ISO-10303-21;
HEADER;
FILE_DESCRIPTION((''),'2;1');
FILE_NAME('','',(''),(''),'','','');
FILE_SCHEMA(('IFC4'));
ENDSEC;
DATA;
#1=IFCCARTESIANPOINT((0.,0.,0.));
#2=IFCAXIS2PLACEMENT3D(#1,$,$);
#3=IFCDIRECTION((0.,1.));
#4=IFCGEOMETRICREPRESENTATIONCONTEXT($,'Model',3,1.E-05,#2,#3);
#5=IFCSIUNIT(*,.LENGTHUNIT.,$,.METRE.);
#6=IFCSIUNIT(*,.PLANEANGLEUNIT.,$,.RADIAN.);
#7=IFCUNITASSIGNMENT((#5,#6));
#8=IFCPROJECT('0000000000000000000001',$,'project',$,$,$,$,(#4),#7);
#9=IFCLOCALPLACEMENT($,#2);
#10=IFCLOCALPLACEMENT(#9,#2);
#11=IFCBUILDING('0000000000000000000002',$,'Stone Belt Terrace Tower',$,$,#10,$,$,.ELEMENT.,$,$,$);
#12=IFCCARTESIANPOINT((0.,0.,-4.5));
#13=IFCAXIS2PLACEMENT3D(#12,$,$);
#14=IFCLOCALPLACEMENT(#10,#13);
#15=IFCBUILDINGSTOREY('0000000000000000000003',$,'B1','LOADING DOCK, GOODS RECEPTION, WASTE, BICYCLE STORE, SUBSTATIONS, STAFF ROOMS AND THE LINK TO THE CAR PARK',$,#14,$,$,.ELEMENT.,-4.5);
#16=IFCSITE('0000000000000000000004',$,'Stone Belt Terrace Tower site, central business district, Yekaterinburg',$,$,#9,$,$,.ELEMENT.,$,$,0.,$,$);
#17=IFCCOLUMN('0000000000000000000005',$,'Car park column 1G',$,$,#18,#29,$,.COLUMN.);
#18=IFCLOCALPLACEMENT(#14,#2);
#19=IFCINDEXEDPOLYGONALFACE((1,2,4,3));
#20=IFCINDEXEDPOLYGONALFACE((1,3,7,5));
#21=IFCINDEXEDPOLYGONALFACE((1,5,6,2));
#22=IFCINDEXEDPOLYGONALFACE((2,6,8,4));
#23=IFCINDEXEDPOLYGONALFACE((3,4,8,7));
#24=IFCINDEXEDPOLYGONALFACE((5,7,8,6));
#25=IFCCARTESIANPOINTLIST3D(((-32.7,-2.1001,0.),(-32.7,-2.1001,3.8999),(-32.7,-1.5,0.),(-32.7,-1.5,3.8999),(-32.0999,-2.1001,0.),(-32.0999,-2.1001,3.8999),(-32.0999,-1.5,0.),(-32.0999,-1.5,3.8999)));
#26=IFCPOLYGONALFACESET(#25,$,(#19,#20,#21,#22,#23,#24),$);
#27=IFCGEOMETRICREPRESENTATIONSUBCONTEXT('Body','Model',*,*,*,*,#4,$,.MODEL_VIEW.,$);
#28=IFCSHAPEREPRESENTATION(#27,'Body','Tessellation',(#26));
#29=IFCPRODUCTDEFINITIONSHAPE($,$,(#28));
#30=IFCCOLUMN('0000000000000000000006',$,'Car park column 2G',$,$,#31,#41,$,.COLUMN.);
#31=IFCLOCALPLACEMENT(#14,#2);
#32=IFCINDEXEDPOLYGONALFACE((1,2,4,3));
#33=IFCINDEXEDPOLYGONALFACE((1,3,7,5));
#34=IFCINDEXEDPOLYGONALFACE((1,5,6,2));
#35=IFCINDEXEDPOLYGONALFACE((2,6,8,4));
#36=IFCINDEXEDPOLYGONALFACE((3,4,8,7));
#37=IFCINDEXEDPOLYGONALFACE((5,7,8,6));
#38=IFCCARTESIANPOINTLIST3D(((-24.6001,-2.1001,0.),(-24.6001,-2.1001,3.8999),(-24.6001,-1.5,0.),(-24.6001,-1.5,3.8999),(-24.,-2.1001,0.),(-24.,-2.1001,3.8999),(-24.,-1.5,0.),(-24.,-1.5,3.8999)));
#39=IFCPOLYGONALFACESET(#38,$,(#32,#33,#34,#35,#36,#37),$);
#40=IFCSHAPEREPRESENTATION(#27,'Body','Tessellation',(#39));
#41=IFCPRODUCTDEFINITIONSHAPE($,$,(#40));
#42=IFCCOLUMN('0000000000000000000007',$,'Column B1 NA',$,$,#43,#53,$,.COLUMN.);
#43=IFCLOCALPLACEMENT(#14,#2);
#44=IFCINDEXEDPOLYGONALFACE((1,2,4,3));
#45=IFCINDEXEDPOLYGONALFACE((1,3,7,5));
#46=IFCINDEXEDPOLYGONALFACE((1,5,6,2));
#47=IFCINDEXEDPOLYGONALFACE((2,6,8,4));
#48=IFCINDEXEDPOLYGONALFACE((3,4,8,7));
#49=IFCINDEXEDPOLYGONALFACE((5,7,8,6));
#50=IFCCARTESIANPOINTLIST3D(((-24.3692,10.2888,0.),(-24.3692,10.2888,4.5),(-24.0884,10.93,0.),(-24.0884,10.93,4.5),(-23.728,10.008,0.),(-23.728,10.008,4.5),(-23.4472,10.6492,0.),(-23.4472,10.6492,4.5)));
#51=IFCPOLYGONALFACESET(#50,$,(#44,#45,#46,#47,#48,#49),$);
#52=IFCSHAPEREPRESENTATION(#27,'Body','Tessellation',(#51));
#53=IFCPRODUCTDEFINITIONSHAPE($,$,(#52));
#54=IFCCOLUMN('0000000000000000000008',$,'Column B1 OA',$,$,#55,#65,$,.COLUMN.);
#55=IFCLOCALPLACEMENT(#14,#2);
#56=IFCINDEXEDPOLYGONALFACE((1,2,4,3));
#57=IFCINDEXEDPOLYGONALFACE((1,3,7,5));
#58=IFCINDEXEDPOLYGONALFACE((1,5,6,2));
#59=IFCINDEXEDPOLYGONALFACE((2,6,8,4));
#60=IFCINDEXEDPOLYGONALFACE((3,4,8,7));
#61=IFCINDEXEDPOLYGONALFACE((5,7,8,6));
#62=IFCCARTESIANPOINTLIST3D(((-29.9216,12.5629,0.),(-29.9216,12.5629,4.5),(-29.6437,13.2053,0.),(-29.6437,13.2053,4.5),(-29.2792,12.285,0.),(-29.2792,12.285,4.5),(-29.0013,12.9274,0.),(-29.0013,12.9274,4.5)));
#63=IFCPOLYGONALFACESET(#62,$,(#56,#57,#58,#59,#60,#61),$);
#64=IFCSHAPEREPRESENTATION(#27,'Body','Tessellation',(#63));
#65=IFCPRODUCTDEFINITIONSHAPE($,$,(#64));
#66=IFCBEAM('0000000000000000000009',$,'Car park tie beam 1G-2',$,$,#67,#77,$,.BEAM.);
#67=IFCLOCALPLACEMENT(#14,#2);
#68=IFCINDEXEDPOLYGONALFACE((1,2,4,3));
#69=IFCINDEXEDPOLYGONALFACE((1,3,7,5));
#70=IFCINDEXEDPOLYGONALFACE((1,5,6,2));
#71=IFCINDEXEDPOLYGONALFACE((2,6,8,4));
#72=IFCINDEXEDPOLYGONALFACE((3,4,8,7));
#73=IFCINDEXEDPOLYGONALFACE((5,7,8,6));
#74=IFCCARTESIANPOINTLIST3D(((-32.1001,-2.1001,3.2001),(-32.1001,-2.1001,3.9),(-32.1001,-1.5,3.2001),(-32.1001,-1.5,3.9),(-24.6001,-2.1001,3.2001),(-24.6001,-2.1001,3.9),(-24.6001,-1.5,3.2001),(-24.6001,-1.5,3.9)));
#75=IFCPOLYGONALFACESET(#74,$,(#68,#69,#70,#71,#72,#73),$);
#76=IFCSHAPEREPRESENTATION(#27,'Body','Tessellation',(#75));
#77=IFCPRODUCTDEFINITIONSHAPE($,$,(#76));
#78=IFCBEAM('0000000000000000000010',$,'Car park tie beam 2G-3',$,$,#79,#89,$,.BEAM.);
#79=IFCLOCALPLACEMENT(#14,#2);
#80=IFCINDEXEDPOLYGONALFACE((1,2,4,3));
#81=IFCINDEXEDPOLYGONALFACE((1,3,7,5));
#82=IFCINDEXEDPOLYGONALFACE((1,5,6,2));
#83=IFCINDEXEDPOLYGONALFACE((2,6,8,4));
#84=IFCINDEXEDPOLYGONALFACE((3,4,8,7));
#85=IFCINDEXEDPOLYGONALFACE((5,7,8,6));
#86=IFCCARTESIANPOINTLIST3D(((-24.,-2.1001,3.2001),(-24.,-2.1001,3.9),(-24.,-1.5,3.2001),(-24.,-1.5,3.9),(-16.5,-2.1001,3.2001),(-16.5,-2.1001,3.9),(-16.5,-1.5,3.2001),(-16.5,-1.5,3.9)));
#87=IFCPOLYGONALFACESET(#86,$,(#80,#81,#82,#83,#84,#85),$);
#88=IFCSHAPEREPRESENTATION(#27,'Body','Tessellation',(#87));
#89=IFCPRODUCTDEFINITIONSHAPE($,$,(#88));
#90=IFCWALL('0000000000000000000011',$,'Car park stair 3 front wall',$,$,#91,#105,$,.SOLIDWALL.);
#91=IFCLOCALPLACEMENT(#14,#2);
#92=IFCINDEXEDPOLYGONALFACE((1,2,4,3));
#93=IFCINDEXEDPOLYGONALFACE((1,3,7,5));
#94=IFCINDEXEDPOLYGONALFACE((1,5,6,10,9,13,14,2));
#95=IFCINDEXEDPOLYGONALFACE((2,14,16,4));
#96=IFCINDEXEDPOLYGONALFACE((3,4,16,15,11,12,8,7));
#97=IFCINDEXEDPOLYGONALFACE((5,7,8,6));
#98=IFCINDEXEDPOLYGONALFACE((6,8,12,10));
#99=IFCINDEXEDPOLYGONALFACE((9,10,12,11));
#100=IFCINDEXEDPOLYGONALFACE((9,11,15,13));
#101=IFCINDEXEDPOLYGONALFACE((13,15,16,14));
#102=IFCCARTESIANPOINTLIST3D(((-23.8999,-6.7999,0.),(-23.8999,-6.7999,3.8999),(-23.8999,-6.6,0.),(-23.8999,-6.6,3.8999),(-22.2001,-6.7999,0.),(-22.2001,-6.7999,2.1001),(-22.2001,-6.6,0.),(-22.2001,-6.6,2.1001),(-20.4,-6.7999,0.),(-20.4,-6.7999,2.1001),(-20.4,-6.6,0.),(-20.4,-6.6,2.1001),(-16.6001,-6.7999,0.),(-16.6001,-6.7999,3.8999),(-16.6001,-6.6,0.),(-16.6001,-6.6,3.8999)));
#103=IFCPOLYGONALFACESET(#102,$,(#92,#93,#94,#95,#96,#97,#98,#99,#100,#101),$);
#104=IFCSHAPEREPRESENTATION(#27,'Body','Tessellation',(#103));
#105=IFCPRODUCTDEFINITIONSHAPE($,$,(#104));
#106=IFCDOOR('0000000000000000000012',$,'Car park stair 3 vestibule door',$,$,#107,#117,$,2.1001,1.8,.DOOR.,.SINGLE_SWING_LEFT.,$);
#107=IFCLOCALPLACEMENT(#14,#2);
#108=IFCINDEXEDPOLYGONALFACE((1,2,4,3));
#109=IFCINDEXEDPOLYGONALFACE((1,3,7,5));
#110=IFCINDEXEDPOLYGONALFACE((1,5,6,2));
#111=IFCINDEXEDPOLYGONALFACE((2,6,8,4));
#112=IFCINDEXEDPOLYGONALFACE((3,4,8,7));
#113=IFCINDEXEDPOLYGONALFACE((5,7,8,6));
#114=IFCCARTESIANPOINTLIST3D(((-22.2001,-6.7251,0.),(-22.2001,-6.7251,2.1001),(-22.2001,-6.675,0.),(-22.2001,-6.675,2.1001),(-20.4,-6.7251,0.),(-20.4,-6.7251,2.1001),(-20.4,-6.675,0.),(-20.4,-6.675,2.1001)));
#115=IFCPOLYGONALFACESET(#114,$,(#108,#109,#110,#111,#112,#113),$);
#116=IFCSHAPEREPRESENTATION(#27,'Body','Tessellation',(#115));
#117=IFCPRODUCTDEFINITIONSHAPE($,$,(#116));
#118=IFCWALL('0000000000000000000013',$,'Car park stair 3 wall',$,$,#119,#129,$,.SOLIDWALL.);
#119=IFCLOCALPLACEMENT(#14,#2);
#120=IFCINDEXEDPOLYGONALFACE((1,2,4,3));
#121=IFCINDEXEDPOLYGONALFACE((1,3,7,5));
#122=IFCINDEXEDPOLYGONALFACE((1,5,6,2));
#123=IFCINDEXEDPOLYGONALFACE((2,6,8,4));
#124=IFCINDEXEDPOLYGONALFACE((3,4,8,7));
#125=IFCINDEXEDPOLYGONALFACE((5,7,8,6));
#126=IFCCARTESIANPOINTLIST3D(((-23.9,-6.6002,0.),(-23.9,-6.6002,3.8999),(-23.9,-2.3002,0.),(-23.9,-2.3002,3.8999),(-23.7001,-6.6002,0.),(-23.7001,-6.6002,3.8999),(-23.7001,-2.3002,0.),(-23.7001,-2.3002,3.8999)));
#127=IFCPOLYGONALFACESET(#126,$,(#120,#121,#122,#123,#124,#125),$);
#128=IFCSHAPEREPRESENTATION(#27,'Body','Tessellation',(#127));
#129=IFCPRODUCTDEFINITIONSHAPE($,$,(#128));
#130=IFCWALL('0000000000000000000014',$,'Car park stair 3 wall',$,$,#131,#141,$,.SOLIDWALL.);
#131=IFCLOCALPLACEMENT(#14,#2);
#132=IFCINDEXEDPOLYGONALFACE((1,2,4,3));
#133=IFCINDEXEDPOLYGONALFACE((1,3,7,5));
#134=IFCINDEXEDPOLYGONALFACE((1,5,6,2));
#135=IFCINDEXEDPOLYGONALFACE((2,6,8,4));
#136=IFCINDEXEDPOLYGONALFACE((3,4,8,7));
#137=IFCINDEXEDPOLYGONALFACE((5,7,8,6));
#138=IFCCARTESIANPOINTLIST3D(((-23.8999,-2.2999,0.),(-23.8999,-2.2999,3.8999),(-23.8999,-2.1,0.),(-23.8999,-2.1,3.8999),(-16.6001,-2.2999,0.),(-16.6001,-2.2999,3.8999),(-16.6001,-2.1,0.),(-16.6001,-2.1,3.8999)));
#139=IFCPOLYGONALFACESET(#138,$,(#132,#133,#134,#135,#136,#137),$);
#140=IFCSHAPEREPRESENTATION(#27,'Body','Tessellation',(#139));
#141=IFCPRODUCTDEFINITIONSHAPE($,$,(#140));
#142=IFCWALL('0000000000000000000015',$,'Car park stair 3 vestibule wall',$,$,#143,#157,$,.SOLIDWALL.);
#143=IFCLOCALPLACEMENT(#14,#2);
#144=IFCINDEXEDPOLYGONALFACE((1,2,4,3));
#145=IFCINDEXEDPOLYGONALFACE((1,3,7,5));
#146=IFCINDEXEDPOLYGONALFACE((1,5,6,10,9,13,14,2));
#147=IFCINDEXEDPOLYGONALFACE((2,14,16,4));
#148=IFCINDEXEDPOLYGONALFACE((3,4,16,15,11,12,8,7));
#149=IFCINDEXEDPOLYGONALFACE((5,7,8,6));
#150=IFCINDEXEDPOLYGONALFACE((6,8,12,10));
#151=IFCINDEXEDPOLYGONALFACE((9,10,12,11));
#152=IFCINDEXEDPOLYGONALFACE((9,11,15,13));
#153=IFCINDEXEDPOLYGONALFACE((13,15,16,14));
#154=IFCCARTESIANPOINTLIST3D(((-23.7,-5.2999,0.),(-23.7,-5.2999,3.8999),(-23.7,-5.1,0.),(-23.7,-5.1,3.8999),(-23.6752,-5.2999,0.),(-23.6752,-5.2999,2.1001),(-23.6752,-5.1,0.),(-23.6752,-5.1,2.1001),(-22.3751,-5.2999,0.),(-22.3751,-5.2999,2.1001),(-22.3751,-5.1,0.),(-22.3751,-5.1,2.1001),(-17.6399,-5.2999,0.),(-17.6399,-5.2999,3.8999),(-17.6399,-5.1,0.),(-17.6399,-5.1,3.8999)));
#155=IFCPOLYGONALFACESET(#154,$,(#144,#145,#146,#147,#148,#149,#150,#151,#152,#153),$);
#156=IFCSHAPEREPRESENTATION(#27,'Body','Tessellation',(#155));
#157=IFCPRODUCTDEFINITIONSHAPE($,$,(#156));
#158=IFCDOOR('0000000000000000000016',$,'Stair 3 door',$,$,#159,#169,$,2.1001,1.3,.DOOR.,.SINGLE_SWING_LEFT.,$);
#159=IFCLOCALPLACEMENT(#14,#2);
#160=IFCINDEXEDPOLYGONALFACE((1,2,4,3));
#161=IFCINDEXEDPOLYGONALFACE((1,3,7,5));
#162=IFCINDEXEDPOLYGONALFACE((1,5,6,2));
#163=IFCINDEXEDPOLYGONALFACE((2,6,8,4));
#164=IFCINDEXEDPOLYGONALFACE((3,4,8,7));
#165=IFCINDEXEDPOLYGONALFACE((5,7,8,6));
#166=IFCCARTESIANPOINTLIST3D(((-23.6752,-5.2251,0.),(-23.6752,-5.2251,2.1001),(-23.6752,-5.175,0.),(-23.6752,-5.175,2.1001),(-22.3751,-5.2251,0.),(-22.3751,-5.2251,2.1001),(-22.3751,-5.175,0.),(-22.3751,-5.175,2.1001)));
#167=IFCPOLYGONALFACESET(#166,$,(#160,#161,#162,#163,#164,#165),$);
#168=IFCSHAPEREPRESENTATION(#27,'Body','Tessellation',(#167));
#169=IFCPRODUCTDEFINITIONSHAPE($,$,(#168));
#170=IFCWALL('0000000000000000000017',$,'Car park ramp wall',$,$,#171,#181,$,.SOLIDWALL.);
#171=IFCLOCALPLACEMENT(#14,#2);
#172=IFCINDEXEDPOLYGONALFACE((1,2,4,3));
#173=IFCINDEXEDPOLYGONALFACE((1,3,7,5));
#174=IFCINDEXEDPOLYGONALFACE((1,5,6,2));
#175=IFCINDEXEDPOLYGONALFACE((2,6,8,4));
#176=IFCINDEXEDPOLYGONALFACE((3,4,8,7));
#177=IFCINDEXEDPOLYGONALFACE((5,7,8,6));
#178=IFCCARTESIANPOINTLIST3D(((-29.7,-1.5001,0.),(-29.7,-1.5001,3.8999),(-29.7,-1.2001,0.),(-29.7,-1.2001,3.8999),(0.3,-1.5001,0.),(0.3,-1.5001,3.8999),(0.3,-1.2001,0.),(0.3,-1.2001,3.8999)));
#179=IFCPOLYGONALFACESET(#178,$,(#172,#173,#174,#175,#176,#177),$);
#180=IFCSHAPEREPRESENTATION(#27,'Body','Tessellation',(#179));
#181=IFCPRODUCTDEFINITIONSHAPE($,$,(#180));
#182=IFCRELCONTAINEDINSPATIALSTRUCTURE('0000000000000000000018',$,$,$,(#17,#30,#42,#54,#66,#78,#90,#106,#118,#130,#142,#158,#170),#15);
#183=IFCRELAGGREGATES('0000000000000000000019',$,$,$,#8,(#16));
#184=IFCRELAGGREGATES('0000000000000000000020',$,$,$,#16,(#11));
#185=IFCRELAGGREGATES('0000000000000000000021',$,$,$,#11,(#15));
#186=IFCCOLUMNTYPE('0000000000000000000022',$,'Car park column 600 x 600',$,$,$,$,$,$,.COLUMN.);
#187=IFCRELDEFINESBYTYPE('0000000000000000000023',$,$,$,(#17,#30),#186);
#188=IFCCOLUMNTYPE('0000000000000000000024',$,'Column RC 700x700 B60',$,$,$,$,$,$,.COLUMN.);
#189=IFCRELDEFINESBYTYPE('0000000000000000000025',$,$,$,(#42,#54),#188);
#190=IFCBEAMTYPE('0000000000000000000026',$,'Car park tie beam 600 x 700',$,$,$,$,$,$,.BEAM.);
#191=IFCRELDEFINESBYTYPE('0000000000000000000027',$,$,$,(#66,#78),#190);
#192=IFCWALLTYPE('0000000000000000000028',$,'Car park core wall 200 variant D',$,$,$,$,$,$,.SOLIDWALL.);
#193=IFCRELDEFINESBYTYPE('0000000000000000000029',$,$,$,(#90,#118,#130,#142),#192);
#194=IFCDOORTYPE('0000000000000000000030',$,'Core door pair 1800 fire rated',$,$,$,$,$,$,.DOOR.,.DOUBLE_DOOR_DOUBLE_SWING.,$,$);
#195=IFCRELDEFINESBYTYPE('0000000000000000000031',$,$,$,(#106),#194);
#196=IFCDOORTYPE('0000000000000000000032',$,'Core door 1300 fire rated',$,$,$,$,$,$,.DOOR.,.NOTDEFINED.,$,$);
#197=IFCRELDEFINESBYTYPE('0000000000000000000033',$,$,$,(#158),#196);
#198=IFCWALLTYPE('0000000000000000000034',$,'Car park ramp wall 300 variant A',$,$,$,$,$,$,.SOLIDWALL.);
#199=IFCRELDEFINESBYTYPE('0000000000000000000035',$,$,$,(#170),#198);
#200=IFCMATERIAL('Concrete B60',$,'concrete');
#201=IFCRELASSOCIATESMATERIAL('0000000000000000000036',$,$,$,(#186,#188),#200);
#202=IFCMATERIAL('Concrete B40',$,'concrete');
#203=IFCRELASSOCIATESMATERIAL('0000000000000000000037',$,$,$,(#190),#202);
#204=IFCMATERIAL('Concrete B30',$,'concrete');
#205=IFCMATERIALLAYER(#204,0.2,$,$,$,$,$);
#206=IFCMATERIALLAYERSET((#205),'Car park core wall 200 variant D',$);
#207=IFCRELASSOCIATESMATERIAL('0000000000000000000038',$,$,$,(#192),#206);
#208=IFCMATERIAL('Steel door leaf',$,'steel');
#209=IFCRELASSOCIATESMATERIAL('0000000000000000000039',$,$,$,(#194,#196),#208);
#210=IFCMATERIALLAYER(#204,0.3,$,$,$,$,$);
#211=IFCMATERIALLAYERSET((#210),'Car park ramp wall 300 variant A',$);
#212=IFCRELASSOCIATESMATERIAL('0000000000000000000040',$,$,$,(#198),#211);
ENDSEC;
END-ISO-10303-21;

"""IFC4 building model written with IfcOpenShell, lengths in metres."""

from ifc_helpers import new_model, si_unit, direction, frame, frame_2d, origin, origin_2d, place, context, subcontext, project, spatial, rectangle, extrude, material, layer, layer_set, material_profile, profile_set, type_object, element, fill, save


model = new_model("IFC4")

# Units and contexts
model_context = context("Model", 3, precision=1e-05, world=origin(), true_north=direction((0.0, 1.0)))
body_context = subcontext(model_context, "Body", "Model", "MODEL_VIEW")
ifc_project = project(units=[si_unit("LENGTHUNIT", "METRE"), si_unit("PLANEANGLEUNIT", "RADIAN")], contexts=[model_context])

# Site, building, storey
site_placement = place(None, origin())
site = spatial("IfcSite", under=ifc_project, at=site_placement, Name="Stone Belt Terrace Tower site, central business district, Yekaterinburg", CompositionType="ELEMENT", RefElevation=0.0)
building_placement = place(site_placement, origin())
building = spatial("IfcBuilding", under=site, at=building_placement, Name="Stone Belt Terrace Tower", CompositionType="ELEMENT")
storey_placement = place(building_placement, frame((0.0, 0.0, -4.5)))
storey = spatial("IfcBuildingStorey", under=building, at=storey_placement, Name="B1", Description="LOADING DOCK, GOODS RECEPTION, WASTE, BICYCLE STORE, SUBSTATIONS, STAFF ROOMS AND THE LINK TO THE CAR PARK", CompositionType="ELEMENT", Elevation=-4.5)

# Columns
ifc_material_1 = material(Name="Concrete B60", Category="concrete")
ifc_material_profile_1 = material_profile(ifc_material_1, rectangle(XDim=0.6001, YDim=0.6001, at=origin_2d()), Name="Car park column 600 x 600")
ifc_profile_set_1 = profile_set([ifc_material_profile_1], Name="Concrete B60")
column_type_1 = type_object("IfcColumnType", Name="Car park column 600 x 600", PredefinedType="COLUMN", material=ifc_profile_set_1)
for number, where, z_axis, x_axis, name in (
    (1, (-32.3999, -1.8, 0.0), (0.0, 0.0, 1.0), (1.0, 0.0, 0.0), "Car park column 1G"),
    (2, (-24.3, -1.8, 0.0), (0.0, 0.0, 1.0), (1.0, 0.0, 0.0), "Car park column 2G"),
):
    element("IfcColumn", number, at=place(storey_placement, frame(where, z_axis=z_axis, x_axis=x_axis)), inside=storey, type_object=column_type_1, Name=name, PredefinedType="COLUMN", context=body_context, shape_type="SweptSolid", body=[
        extrude(rectangle(XDim=0.6001, YDim=0.6001, at=origin_2d()), origin(), (0.0, 0.0, 1.0), 3.8999),
    ])
ifc_material_profile_2 = material_profile(ifc_material_1, rectangle(XDim=0.7, YDim=0.7, at=origin_2d()), Name="RC 700x700")
ifc_profile_set_2 = profile_set([ifc_material_profile_2], Name="Concrete B60")
column_type_2 = type_object("IfcColumnType", Name="Column RC 700x700 B60", PredefinedType="COLUMN", material=ifc_profile_set_2)
for number, where, z_axis, x_axis, name in (
    (3, (-23.9082, 10.469, 0.0), (0.0, 0.0, 1.0), (0.401115, 0.916028, 0.0), "Column B1 NA"),
    (4, (-29.4614, 12.7451, 0.0), (0.0, 0.0, 1.0), (0.397044, 0.9178, 0.0), "Column B1 OA"),
):
    element("IfcColumn", number, at=place(storey_placement, frame(where, z_axis=z_axis, x_axis=x_axis)), inside=storey, type_object=column_type_2, Name=name, PredefinedType="COLUMN", context=body_context, shape_type="SweptSolid", body=[
        extrude(rectangle(XDim=0.7, YDim=0.7, at=origin_2d()), origin(), (0.0, 0.0, 1.0), 4.5),
    ])

# Beams
ifc_material_2 = material(Name="Concrete B40", Category="concrete")
ifc_material_profile_3 = material_profile(ifc_material_2, rectangle(XDim=0.6001, YDim=0.7, at=origin_2d()), Name="Car park tie beam 600 x 700")
ifc_profile_set_3 = profile_set([ifc_material_profile_3], Name="Concrete B40")
beam_type = type_object("IfcBeamType", Name="Car park tie beam 600 x 700", PredefinedType="BEAM", material=ifc_profile_set_3)
for number, where, z_axis, x_axis, name in (
    (5, (-32.1001, -1.8, 3.55), (1.0, 0.0, 0.0), (0.0, 1.0, 0.0), "Car park tie beam 1G-2"),
    (6, (-24.0, -1.8, 3.55), (1.0, 0.0, 0.0), (0.0, 1.0, 0.0), "Car park tie beam 2G-3"),
):
    element("IfcBeam", number, at=place(storey_placement, frame(where, z_axis=z_axis, x_axis=x_axis)), inside=storey, type_object=beam_type, Name=name, PredefinedType="BEAM", context=body_context, shape_type="SweptSolid", body=[
        extrude(rectangle(XDim=0.6001, YDim=0.7, at=origin_2d()), origin(), (0.0, 0.0, 1.0), 7.5),
    ])

# Wall, opening, door
ifc_material_3 = material(Name="Concrete B30", Category="concrete")
ifc_layer_1 = layer(ifc_material_3, 0.2)
ifc_layer_set_1 = layer_set([ifc_layer_1], Name="Car park core wall 200 variant D")
wall_type_1 = type_object("IfcWallType", Name="Car park core wall 200 variant D", PredefinedType="SOLIDWALL", material=ifc_layer_set_1)
wall_1_placement = place(storey_placement, frame((-23.8999, -6.7, 0.0), z_axis=(0.0, 0.0, 1.0), x_axis=(1.0, 0.0, 0.0)))
wall_1 = element("IfcWall", 7, at=wall_1_placement, inside=storey, type_object=wall_type_1, Name="Car park stair 3 front wall", PredefinedType="SOLIDWALL", context=body_context, shape_type="SweptSolid", body=[
    extrude(rectangle(XDim=7.2998, YDim=0.2, at=frame_2d((3.6499, 0.0))), origin(), (0.0, 0.0, 1.0), 3.8999),
])
opening_1_placement = place(wall_1_placement, frame((1.7, 0.0, 0.0)))
opening_1 = element("IfcOpeningElement", 8, at=opening_1_placement, cuts=wall_1, PredefinedType="OPENING", context=body_context, shape_type="SweptSolid", body=[
    extrude(rectangle(XDim=1.8, YDim=2.1001, at=frame_2d((0.8999, 1.05))), frame((0.0, 0.1099, 0.0), z_axis=(0.0, -1.0, 0.0), x_axis=(1.0, 0.0, 0.0)), (0.0, 0.0, 1.0), 0.22),
])
ifc_material_4 = material(Name="Steel door leaf", Category="steel")
door_type_1 = type_object("IfcDoorType", Name="Core door pair 1800 fire rated", OperationType="DOUBLE_DOOR_DOUBLE_SWING", PredefinedType="DOOR", material=ifc_material_4)
door_1_placement = place(opening_1_placement, origin())
door_1 = element("IfcDoor", 9, at=door_1_placement, inside=storey, type_object=door_type_1, Name="Car park stair 3 vestibule door", OperationType="SINGLE_SWING_LEFT", OverallHeight=2.1001, OverallWidth=1.8, PredefinedType="DOOR", context=body_context, shape_type="SweptSolid", body=[
    extrude(rectangle(XDim=1.8, YDim=2.1001, at=frame_2d((0.8999, 1.05))), frame((0.0, 0.0249, 0.0), z_axis=(0.0, -1.0, 0.0), x_axis=(1.0, 0.0, 0.0)), (0.0, 0.0, 1.0), 0.05),
])
fill(opening_1, door_1)

# Walls
wall_2_placement = place(storey_placement, frame((-23.8, -6.6001, 0.0), z_axis=(0.0, 0.0, 1.0), x_axis=(0.0, 1.0, 0.0)))
element("IfcWall", 10, at=wall_2_placement, inside=storey, type_object=wall_type_1, Name="Car park stair 3 wall", PredefinedType="SOLIDWALL", context=body_context, shape_type="SweptSolid", body=[
    extrude(rectangle(XDim=4.3, YDim=0.2, at=frame_2d((2.1499, 0.0))), origin(), (0.0, 0.0, 1.0), 3.8999),
])
wall_3_placement = place(storey_placement, frame((-23.8999, -2.2, 0.0), z_axis=(0.0, 0.0, 1.0), x_axis=(1.0, 0.0, 0.0)))
element("IfcWall", 11, at=wall_3_placement, inside=storey, type_object=wall_type_1, Name="Car park stair 3 wall", PredefinedType="SOLIDWALL", context=body_context, shape_type="SweptSolid", body=[
    extrude(rectangle(XDim=7.2998, YDim=0.2, at=frame_2d((3.6499, 0.0))), origin(), (0.0, 0.0, 1.0), 3.8999),
])

# Wall, opening, door
wall_4_placement = place(storey_placement, frame((-23.7, -5.2, 0.0), z_axis=(0.0, 0.0, 1.0), x_axis=(1.0, 0.0, 0.0)))
wall_4 = element("IfcWall", 12, at=wall_4_placement, inside=storey, type_object=wall_type_1, Name="Car park stair 3 vestibule wall", PredefinedType="SOLIDWALL", context=body_context, shape_type="SweptSolid", body=[
    extrude(rectangle(XDim=6.0601, YDim=0.2, at=frame_2d((3.03, 0.0))), origin(), (0.0, 0.0, 1.0), 3.8999),
])
opening_2_placement = place(wall_4_placement, frame((0.0249, 0.0, 0.0)))
opening_2 = element("IfcOpeningElement", 13, at=opening_2_placement, cuts=wall_4, PredefinedType="OPENING", context=body_context, shape_type="SweptSolid", body=[
    extrude(rectangle(XDim=1.3, YDim=2.1001, at=frame_2d((0.6499, 1.05))), frame((0.0, 0.1099, 0.0), z_axis=(0.0, -1.0, 0.0), x_axis=(1.0, 0.0, 0.0)), (0.0, 0.0, 1.0), 0.22),
])
door_type_2 = type_object("IfcDoorType", Name="Core door 1300 fire rated", OperationType="NOTDEFINED", PredefinedType="DOOR", material=ifc_material_4)
door_2_placement = place(opening_2_placement, origin())
door_2 = element("IfcDoor", 14, at=door_2_placement, inside=storey, type_object=door_type_2, Name="Stair 3 door", OperationType="SINGLE_SWING_LEFT", OverallHeight=2.1001, OverallWidth=1.3, PredefinedType="DOOR", context=body_context, shape_type="SweptSolid", body=[
    extrude(rectangle(XDim=1.3, YDim=2.1001, at=frame_2d((0.6499, 1.05))), frame((0.0, 0.0249, 0.0), z_axis=(0.0, -1.0, 0.0), x_axis=(1.0, 0.0, 0.0)), (0.0, 0.0, 1.0), 0.05),
])
fill(opening_2, door_2)

# Wall
ifc_layer_2 = layer(ifc_material_3, 0.3)
ifc_layer_set_2 = layer_set([ifc_layer_2], Name="Car park ramp wall 300 variant A")
wall_type_2 = type_object("IfcWallType", Name="Car park ramp wall 300 variant A", PredefinedType="SOLIDWALL", material=ifc_layer_set_2)
wall_5_placement = place(storey_placement, frame((-29.7, -1.3501, 0.0), z_axis=(0.0, 0.0, 1.0), x_axis=(1.0, 0.0, 0.0)))
element("IfcWall", 15, at=wall_5_placement, inside=storey, type_object=wall_type_2, Name="Car park ramp wall", PredefinedType="SOLIDWALL", context=body_context, shape_type="SweptSolid", body=[
    extrude(rectangle(XDim=30.0, YDim=0.3, at=frame_2d((15.0, 0.0))), origin(), (0.0, 0.0, 1.0), 3.8999),
])

save(model, "model.ifc")
